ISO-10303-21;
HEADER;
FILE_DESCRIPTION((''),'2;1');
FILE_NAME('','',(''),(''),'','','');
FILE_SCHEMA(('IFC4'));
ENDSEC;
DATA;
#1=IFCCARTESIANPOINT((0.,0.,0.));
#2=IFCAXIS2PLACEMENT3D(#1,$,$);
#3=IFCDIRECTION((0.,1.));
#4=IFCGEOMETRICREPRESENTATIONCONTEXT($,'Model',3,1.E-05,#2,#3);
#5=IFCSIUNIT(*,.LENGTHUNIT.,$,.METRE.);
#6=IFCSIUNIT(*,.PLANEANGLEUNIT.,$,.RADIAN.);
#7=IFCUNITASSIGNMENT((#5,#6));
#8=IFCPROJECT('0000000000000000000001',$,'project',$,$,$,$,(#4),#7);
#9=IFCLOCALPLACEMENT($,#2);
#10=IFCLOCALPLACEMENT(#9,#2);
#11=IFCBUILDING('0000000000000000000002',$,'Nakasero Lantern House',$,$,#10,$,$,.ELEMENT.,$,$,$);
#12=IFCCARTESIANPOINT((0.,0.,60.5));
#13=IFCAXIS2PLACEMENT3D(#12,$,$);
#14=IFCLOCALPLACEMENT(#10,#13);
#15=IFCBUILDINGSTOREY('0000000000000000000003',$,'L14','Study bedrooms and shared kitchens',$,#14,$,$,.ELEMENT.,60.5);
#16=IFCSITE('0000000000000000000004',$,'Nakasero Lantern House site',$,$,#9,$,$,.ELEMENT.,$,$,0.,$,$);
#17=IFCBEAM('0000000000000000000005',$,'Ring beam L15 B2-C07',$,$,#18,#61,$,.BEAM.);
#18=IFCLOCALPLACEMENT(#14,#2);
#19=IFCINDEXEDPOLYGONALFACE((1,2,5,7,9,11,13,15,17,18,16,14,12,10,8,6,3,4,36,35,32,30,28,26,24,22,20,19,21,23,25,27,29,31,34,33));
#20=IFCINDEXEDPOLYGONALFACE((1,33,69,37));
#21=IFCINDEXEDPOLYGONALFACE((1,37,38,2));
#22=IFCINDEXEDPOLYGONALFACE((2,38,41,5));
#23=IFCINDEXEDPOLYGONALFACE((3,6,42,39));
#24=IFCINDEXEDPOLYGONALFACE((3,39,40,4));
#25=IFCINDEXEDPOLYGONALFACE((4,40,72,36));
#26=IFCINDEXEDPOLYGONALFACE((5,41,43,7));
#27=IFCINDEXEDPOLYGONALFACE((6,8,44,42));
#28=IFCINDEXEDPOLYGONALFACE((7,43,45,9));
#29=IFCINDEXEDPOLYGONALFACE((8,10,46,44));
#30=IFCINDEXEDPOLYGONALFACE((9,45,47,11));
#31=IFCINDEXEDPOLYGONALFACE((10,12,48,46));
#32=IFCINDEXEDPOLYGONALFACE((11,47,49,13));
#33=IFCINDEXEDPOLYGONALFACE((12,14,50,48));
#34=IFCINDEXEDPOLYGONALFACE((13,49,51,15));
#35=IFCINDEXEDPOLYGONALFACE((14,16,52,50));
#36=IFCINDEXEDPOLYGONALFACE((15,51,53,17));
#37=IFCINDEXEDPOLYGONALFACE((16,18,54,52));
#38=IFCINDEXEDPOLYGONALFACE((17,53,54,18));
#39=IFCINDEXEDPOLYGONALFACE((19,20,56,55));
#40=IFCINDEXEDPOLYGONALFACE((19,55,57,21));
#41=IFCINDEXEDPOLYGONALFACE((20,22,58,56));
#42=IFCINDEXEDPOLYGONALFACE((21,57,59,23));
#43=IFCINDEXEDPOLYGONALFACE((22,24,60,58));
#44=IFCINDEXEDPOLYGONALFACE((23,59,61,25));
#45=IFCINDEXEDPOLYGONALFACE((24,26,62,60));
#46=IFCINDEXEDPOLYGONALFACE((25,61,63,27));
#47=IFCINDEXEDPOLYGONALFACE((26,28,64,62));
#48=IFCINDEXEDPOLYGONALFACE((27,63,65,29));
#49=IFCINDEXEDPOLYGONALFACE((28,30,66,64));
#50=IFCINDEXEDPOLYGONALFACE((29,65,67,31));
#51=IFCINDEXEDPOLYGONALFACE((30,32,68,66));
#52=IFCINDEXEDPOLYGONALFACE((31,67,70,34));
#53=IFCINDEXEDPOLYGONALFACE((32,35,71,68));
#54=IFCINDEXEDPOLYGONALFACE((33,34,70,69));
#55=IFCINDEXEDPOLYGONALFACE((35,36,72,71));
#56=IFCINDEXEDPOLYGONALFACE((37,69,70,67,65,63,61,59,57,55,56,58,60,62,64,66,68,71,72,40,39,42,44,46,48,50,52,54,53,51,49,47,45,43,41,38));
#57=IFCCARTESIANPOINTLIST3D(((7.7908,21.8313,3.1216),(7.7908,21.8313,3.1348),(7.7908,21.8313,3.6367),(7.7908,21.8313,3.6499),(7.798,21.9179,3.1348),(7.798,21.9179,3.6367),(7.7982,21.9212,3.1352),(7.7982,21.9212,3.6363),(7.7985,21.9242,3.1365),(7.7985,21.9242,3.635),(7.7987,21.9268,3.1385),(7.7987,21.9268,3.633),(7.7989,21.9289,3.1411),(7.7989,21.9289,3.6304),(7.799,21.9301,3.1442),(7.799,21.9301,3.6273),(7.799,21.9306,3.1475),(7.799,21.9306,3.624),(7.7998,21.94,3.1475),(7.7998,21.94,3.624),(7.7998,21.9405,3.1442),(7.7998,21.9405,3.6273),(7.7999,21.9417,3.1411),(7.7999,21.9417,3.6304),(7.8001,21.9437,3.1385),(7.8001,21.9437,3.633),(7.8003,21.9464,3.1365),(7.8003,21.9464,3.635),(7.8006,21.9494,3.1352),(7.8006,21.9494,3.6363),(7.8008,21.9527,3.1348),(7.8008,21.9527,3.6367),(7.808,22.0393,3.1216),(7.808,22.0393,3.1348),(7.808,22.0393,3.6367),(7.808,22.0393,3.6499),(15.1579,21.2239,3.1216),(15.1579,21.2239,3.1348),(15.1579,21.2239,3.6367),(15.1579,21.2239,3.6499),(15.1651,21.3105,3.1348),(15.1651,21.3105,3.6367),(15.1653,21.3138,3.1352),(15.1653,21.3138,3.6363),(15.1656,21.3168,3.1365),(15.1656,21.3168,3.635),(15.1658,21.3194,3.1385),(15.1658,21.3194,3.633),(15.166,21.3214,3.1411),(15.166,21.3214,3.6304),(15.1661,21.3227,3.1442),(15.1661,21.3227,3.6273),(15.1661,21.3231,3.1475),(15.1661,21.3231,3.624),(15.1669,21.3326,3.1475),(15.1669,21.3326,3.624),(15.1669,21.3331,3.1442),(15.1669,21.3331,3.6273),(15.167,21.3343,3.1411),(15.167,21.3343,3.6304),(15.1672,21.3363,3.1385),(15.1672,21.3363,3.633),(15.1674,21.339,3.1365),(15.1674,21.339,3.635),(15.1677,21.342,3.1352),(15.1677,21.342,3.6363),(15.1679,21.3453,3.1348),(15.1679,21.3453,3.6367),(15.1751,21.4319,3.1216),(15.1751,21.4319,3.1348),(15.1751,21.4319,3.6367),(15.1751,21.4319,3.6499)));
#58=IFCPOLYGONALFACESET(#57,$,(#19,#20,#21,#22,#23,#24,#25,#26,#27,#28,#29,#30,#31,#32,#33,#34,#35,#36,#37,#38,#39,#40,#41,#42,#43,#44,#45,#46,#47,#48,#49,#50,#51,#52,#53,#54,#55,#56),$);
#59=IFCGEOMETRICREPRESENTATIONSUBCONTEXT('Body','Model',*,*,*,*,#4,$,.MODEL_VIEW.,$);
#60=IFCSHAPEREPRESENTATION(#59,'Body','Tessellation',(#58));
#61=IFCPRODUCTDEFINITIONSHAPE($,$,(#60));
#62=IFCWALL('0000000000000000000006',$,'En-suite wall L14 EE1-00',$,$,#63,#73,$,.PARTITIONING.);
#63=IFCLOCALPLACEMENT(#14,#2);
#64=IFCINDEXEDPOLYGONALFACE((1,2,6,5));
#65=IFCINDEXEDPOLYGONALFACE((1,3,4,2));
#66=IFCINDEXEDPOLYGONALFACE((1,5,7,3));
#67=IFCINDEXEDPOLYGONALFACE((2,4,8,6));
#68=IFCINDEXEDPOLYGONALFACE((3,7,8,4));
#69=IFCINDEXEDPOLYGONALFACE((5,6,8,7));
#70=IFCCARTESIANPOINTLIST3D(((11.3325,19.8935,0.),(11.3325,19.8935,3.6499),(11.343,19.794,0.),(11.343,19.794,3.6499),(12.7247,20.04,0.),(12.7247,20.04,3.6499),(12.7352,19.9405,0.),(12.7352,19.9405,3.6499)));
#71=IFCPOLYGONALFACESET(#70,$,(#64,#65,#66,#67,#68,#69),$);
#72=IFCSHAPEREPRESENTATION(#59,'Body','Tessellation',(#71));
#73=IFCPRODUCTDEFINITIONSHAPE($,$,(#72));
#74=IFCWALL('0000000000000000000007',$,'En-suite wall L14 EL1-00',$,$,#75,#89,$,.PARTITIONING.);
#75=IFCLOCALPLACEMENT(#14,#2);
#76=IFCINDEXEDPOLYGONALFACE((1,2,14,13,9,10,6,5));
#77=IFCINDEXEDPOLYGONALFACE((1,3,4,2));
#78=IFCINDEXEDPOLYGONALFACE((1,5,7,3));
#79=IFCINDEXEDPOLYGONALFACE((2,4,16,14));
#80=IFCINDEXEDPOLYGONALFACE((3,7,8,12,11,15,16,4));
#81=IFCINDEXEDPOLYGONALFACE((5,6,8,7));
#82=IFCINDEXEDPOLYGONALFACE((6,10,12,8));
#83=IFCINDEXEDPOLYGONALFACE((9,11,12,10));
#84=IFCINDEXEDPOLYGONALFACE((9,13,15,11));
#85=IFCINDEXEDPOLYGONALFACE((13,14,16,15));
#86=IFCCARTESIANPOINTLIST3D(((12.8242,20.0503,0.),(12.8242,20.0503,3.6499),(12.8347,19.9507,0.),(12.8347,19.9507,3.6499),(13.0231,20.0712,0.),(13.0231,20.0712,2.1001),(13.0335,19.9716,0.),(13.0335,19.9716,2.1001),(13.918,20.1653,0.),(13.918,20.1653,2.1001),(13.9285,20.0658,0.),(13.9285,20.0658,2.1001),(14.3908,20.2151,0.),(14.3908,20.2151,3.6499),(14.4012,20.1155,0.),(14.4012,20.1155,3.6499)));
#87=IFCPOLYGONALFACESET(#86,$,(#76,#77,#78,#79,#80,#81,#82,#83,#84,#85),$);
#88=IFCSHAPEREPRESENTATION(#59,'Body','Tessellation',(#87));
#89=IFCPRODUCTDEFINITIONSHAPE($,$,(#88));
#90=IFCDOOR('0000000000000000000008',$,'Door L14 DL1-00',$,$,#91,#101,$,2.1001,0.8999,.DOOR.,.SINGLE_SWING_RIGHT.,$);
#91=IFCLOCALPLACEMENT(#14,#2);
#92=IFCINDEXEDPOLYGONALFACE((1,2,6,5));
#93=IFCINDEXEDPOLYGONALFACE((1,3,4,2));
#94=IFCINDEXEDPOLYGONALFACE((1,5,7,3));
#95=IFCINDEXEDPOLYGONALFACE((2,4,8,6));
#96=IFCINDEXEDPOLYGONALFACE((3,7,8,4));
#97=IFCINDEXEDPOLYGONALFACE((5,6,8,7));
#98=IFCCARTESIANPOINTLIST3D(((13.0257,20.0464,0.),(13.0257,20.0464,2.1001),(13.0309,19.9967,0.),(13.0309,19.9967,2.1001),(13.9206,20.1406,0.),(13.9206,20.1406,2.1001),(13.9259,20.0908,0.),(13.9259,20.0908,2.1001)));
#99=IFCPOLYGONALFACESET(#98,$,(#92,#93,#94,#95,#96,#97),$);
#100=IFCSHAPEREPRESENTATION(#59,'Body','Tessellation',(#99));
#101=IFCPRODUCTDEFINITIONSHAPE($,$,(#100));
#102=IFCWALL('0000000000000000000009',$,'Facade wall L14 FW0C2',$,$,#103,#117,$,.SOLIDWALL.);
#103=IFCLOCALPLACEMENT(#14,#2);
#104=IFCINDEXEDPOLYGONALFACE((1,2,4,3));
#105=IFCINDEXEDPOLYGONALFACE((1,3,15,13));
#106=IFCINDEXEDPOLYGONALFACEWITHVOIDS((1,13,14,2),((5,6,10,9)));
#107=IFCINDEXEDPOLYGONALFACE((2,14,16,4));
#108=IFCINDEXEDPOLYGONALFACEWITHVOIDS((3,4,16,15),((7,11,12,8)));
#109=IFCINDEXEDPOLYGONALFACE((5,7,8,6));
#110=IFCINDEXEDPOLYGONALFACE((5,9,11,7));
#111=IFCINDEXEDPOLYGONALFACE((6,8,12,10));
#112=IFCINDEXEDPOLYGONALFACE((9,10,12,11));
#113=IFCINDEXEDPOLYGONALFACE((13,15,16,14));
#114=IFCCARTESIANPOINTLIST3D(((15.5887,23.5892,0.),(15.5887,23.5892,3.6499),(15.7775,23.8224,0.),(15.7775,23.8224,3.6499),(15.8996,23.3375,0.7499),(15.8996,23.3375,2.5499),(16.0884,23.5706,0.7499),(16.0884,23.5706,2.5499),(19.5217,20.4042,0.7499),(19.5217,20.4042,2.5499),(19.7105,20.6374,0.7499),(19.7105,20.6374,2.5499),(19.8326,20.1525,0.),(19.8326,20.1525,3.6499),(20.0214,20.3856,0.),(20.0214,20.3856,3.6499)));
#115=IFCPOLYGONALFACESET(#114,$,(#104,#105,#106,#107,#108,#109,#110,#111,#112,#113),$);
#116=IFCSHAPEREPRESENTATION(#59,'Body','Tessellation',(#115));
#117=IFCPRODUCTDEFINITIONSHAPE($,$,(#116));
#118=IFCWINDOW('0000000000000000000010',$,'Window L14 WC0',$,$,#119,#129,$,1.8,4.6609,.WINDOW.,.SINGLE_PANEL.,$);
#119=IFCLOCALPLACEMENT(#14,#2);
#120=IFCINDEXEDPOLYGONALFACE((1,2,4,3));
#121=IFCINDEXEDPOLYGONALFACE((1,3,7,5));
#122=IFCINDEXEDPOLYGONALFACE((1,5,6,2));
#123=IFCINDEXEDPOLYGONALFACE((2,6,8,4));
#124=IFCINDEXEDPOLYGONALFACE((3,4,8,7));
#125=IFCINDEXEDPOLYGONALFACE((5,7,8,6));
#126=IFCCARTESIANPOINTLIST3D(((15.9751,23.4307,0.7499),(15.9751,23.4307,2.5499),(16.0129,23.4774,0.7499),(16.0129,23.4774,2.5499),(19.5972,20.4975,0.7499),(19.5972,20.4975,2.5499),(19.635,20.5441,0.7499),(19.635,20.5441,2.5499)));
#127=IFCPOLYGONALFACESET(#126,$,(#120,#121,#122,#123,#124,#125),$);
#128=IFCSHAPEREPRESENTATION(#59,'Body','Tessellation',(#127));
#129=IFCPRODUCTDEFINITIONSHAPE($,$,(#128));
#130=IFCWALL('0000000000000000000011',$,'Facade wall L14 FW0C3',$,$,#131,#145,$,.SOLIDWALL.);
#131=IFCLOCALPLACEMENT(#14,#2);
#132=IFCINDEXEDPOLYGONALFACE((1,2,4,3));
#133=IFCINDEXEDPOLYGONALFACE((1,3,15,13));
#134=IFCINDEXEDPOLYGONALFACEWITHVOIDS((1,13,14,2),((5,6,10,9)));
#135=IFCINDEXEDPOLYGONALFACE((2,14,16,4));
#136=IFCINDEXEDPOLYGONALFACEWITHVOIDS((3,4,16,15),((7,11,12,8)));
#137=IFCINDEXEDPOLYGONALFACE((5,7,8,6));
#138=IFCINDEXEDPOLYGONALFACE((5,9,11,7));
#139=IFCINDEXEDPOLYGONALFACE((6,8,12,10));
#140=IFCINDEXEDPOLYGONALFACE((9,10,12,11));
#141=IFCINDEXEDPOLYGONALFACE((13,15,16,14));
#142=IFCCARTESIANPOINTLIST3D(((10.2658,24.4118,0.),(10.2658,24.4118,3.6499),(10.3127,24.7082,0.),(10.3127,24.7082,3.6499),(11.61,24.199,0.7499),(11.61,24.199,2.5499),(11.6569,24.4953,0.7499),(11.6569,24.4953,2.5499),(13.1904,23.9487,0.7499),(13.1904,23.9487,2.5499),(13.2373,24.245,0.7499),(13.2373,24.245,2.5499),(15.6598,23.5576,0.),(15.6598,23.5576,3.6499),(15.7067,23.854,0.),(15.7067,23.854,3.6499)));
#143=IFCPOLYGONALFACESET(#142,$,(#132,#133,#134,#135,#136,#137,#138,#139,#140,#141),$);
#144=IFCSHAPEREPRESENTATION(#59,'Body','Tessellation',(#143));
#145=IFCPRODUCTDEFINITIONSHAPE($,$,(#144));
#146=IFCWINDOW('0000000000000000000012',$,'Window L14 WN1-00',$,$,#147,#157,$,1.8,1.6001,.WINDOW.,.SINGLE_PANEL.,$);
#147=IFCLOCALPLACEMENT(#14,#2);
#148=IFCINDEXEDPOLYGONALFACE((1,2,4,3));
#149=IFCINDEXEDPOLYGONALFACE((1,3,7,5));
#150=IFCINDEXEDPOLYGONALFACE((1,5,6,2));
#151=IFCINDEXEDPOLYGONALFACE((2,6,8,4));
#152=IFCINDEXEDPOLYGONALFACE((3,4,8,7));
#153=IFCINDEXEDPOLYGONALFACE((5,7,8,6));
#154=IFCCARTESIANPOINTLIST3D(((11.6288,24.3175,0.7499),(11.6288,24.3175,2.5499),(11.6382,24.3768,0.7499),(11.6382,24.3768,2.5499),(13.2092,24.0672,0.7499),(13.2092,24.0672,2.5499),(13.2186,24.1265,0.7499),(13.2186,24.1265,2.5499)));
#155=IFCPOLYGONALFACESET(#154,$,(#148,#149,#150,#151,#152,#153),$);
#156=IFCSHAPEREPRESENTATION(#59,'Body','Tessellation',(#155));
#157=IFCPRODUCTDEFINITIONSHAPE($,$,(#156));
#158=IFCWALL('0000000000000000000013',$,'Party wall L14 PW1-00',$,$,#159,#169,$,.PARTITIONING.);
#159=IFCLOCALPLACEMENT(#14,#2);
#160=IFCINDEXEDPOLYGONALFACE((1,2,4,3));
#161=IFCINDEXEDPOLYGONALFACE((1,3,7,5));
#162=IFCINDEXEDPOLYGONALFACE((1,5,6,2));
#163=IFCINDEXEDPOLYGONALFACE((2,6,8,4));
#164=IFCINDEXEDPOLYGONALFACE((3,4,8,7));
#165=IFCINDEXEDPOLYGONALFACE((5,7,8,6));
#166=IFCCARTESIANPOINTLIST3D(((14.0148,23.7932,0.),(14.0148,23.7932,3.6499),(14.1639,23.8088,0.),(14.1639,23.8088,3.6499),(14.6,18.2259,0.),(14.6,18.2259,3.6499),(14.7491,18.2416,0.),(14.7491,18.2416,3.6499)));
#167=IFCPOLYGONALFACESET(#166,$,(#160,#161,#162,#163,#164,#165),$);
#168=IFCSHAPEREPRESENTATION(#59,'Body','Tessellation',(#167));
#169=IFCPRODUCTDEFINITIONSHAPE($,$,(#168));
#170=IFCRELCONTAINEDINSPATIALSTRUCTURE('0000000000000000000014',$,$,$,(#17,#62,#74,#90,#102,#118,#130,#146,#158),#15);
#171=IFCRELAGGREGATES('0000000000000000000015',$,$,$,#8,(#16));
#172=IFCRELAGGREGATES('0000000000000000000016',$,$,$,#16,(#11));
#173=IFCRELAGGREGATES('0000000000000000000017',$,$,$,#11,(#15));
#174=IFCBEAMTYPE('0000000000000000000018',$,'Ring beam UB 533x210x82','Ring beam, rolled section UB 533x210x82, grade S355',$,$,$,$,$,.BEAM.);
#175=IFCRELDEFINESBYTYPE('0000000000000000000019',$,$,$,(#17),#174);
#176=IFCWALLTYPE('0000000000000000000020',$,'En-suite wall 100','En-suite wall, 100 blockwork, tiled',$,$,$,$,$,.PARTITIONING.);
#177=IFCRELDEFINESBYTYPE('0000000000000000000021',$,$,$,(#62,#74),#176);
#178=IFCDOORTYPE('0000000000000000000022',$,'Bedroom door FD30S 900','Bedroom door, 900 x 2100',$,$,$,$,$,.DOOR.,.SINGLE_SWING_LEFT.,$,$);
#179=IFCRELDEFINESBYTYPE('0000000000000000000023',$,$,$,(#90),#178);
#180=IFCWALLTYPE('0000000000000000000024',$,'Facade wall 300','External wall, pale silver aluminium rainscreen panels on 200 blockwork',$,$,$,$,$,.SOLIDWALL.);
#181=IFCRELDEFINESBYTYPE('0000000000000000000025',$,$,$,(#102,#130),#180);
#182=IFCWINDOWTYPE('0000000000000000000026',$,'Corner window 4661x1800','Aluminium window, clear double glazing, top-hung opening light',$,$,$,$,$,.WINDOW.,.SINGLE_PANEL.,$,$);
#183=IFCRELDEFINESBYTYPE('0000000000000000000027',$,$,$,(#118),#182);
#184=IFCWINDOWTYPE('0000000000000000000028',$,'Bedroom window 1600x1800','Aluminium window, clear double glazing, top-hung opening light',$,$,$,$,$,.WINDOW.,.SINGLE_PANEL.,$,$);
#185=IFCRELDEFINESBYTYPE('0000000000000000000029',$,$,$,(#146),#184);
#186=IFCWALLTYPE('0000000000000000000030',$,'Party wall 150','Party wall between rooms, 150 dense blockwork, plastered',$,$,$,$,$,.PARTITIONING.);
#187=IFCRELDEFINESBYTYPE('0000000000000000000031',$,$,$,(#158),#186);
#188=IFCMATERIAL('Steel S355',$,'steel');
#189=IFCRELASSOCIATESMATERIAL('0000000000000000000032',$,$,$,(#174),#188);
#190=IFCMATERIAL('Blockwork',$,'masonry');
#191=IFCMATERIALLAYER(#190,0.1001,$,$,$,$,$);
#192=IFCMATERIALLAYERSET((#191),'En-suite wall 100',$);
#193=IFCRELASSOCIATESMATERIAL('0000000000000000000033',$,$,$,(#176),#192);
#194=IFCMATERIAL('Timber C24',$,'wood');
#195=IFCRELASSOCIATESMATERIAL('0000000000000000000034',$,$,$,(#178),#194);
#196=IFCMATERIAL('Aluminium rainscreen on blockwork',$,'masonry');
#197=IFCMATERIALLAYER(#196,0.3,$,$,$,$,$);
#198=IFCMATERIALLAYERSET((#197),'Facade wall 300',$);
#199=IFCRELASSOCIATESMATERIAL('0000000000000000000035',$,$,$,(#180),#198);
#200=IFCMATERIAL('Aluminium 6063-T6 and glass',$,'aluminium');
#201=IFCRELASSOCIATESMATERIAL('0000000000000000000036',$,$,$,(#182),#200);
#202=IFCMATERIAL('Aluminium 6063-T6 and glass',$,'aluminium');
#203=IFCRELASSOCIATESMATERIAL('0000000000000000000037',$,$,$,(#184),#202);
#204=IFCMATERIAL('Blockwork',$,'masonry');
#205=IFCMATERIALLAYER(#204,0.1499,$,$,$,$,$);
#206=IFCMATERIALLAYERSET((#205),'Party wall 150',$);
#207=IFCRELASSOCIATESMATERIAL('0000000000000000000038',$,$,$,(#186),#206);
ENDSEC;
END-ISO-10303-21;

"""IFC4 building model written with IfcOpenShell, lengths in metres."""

from ifc_helpers import new_model, si_unit, direction, frame, frame_2d, origin, origin_2d, place, context, subcontext, project, spatial, rectangle, i_section, extrude, material, layer, layer_set, material_profile, profile_set, type_object, element, fill, save


model = new_model("IFC4")

# Units and contexts
model_context = context("Model", 3, precision=1e-05, world=origin(), true_north=direction((0.0, 1.0)))
body_context = subcontext(model_context, "Body", "Model", "MODEL_VIEW")
ifc_project = project(units=[si_unit("LENGTHUNIT", "METRE"), si_unit("PLANEANGLEUNIT", "RADIAN")], contexts=[model_context])

# Site, building, storey
site_placement = place(None, origin())
site = spatial("IfcSite", under=ifc_project, at=site_placement, Name="Nakasero Lantern House site", CompositionType="ELEMENT", RefElevation=0.0)
building_placement = place(site_placement, origin())
building = spatial("IfcBuilding", under=site, at=building_placement, Name="Nakasero Lantern House", CompositionType="ELEMENT")
storey_placement = place(building_placement, frame((0.0, 0.0, 60.5)))
storey = spatial("IfcBuildingStorey", under=building, at=storey_placement, Name="L14", Description="Study bedrooms and shared kitchens", CompositionType="ELEMENT", Elevation=60.5)

# Beam
ifc_material_1 = material(Name="Steel S355", Category="steel")
ifc_material_profile_1 = material_profile(ifc_material_1, i_section(OverallWidth=0.2087, OverallDepth=0.5283, WebThickness=0.0095, FlangeThickness=0.0132, FilletRadius=0.0127, at=origin_2d()), Name="UB 533x210x82")
ifc_profile_set_1 = profile_set([ifc_material_profile_1], Name="Steel S355")
beam_type_1 = type_object("IfcBeamType", Name="Ring beam UB 533x210x82", Description="Ring beam, rolled section UB 533x210x82, grade S355", PredefinedType="BEAM", material=ifc_profile_set_1)
beam_1_placement = place(storey_placement, frame((15.1665, 21.3279, 3.3857), z_axis=(-0.996618, 0.082171, 0.0), x_axis=(-0.082171, -0.996618, 0.0)))
element("IfcBeam", 1, at=beam_1_placement, inside=storey, type_object=beam_type_1, Name="Ring beam L15 B2-C07", PredefinedType="BEAM", context=body_context, shape_type="SweptSolid", body=[
    extrude(i_section(OverallWidth=0.2087, OverallDepth=0.5283, WebThickness=0.0095, FlangeThickness=0.0132, FilletRadius=0.0127, at=origin_2d()), origin(), (0.0, 0.0, 1.0), 7.3921),
])

# Wall
ifc_material_2 = material(Name="Blockwork", Category="masonry")
ifc_layer_1 = layer(ifc_material_2, 0.1001)
ifc_layer_set_1 = layer_set([ifc_layer_1], Name="En-suite wall 100")
wall_type_1 = type_object("IfcWallType", Name="En-suite wall 100", Description="En-suite wall, 100 blockwork, tiled", PredefinedType="PARTITIONING", material=ifc_layer_set_1)
wall_1_placement = place(storey_placement, frame((12.73, 19.9902, 0.0), z_axis=(0.0, 0.0, 1.0), x_axis=(-0.994511, -0.10463, 0.0)))
element("IfcWall", 2, at=wall_1_placement, inside=storey, type_object=wall_type_1, Name="En-suite wall L14 EE1-00", PredefinedType="PARTITIONING", context=body_context, shape_type="SweptSolid", body=[
    extrude(rectangle(XDim=1.3999, YDim=0.1001, at=frame_2d((0.7, 0.0))), origin(), (0.0, 0.0, 1.0), 3.6499),
])

# Wall, opening, door
wall_2_placement = place(storey_placement, frame((14.396, 20.1653, 0.0), z_axis=(0.0, 0.0, 1.0), x_axis=(-0.994513, -0.104612, 0.0)))
wall_2 = element("IfcWall", 3, at=wall_2_placement, inside=storey, type_object=wall_type_1, Name="En-suite wall L14 EL1-00", PredefinedType="PARTITIONING", context=body_context, shape_type="SweptSolid", body=[
    extrude(rectangle(XDim=1.5752, YDim=0.1001, at=frame_2d((0.7876, 0.0))), origin(), (0.0, 0.0, 1.0), 3.6499),
])
opening_1_placement = place(wall_2_placement, frame((0.4753, 0.0, 0.0)))
opening_1 = element("IfcOpeningElement", 4, at=opening_1_placement, cuts=wall_2, PredefinedType="OPENING", context=body_context, shape_type="SweptSolid", body=[
    extrude(rectangle(XDim=0.8999, YDim=2.1001, at=frame_2d((0.45, 1.05))), frame((0.0, 0.0701, 0.0), z_axis=(0.0, -1.0, 0.0), x_axis=(1.0, 0.0, 0.0)), (0.0, 0.0, 1.0), 0.1401),
])
ifc_material_3 = material(Name="Timber C24", Category="wood")
door_type_1 = type_object("IfcDoorType", Name="Bedroom door FD30S 900", Description="Bedroom door, 900 x 2100", OperationType="SINGLE_SWING_LEFT", PredefinedType="DOOR", material=ifc_material_3)
door_1_placement = place(opening_1_placement, origin())
door_1 = element("IfcDoor", 5, at=door_1_placement, inside=storey, type_object=door_type_1, Name="Door L14 DL1-00", OperationType="SINGLE_SWING_RIGHT", OverallHeight=2.1001, OverallWidth=0.8999, PredefinedType="DOOR", context=body_context, shape_type="SweptSolid", body=[
    extrude(rectangle(XDim=0.8999, YDim=2.1001, at=frame_2d((0.45, 1.05))), frame((0.0, 0.0249, 0.0), z_axis=(0.0, -1.0, 0.0), x_axis=(1.0, 0.0, 0.0)), (0.0, 0.0, 1.0), 0.05),
])
fill(opening_1, door_1)

# Walls, openings, windows
ifc_material_4 = material(Name="Aluminium rainscreen on blockwork", Category="masonry")
ifc_layer_2 = layer(ifc_material_4, 0.3)
ifc_layer_set_2 = layer_set([ifc_layer_2], Name="Facade wall 300")
wall_type_2 = type_object("IfcWallType", Name="Facade wall 300", Description="External wall, pale silver aluminium rainscreen panels on 200 blockwork", PredefinedType="SOLIDWALL", material=ifc_layer_set_2)
wall_3_placement = place(storey_placement, frame((19.927, 20.269, 0.0), z_axis=(0.0, 0.0, 1.0), x_axis=(-0.777135, 0.629335, 0.0)))
wall_3 = element("IfcWall", 6, at=wall_3_placement, inside=storey, type_object=wall_type_2, Name="Facade wall L14 FW0C2", PredefinedType="SOLIDWALL", context=body_context, shape_type="SweptSolid", body=[
    extrude(rectangle(XDim=5.4609, YDim=0.3, at=frame_2d((2.7305, 0.0))), origin(), (0.0, 0.0, 1.0), 3.6499),
])
opening_2_placement = place(wall_3_placement, frame((0.3999, 0.0, 0.75)))
opening_2 = element("IfcOpeningElement", 7, at=opening_2_placement, cuts=wall_3, PredefinedType="OPENING", context=body_context, shape_type="SweptSolid", body=[
    extrude(rectangle(XDim=4.6609, YDim=1.8, at=frame_2d((2.3306, 0.8999))), frame((0.0, 0.1699, 0.0), z_axis=(0.0, -1.0, 0.0), x_axis=(1.0, 0.0, 0.0)), (0.0, 0.0, 1.0), 0.3401),
])
ifc_material_5 = material(Name="Aluminium 6063-T6 and glass", Category="aluminium")
window_type_1 = type_object("IfcWindowType", Name="Corner window 4661x1800", Description="Aluminium window, clear double glazing, top-hung opening light", PartitioningType="SINGLE_PANEL", PredefinedType="WINDOW", material=ifc_material_5)
window_1_placement = place(opening_2_placement, origin())
window_1 = element("IfcWindow", 8, at=window_1_placement, inside=storey, type_object=window_type_1, Name="Window L14 WC0", OverallHeight=1.8, OverallWidth=4.6609, PartitioningType="SINGLE_PANEL", PredefinedType="WINDOW", context=body_context, shape_type="SweptSolid", body=[
    extrude(rectangle(XDim=4.6609, YDim=1.8, at=frame_2d((2.3306, 0.8999))), frame((0.0, 0.03, 0.0), z_axis=(0.0, -1.0, 0.0), x_axis=(1.0, 0.0, 0.0)), (0.0, 0.0, 1.0), 0.0601),
])
fill(opening_2, window_1)
wall_4_placement = place(storey_placement, frame((15.6831, 23.7058, 0.0), z_axis=(0.0, 0.0, 1.0), x_axis=(-0.987691, 0.156419, 0.0)))
wall_4 = element("IfcWall", 9, at=wall_4_placement, inside=storey, type_object=wall_type_2, Name="Facade wall L14 FW0C3", PredefinedType="SOLIDWALL", context=body_context, shape_type="SweptSolid", body=[
    extrude(rectangle(XDim=5.4612, YDim=0.3, at=frame_2d((2.7305, 0.0))), origin(), (0.0, 0.0, 1.0), 3.6499),
])
opening_3_placement = place(wall_4_placement, frame((2.5, 0.0, 0.75)))
opening_3 = element("IfcOpeningElement", 10, at=opening_3_placement, cuts=wall_4, PredefinedType="OPENING", context=body_context, shape_type="SweptSolid", body=[
    extrude(rectangle(XDim=1.6001, YDim=1.8, at=frame_2d((0.8, 0.8999))), frame((0.0, 0.1699, 0.0), z_axis=(0.0, -1.0, 0.0), x_axis=(1.0, 0.0, 0.0)), (0.0, 0.0, 1.0), 0.3401),
])
ifc_material_6 = material(Name="Aluminium 6063-T6 and glass", Category="aluminium")
window_type_2 = type_object("IfcWindowType", Name="Bedroom window 1600x1800", Description="Aluminium window, clear double glazing, top-hung opening light", PartitioningType="SINGLE_PANEL", PredefinedType="WINDOW", material=ifc_material_6)
window_2_placement = place(opening_3_placement, origin())
window_2 = element("IfcWindow", 11, at=window_2_placement, inside=storey, type_object=window_type_2, Name="Window L14 WN1-00", OverallHeight=1.8, OverallWidth=1.6001, PartitioningType="SINGLE_PANEL", PredefinedType="WINDOW", context=body_context, shape_type="SweptSolid", body=[
    extrude(rectangle(XDim=1.6001, YDim=1.8, at=frame_2d((0.8, 0.8999))), frame((0.0, 0.03, 0.0), z_axis=(0.0, -1.0, 0.0), x_axis=(1.0, 0.0, 0.0)), (0.0, 0.0, 1.0), 0.0601),
])
fill(opening_3, window_2)

# Wall
ifc_material_7 = material(Name="Blockwork", Category="masonry")
ifc_layer_3 = layer(ifc_material_7, 0.1499)
ifc_layer_set_3 = layer_set([ifc_layer_3], Name="Party wall 150")
wall_type_3 = type_object("IfcWallType", Name="Party wall 150", Description="Party wall between rooms, 150 dense blockwork, plastered", PredefinedType="PARTITIONING", material=ifc_layer_set_3)
wall_5_placement = place(storey_placement, frame((14.6746, 18.2339, 0.0), z_axis=(0.0, 0.0, 1.0), x_axis=(-0.104542, 0.99452, 0.0)))
element("IfcWall", 12, at=wall_5_placement, inside=storey, type_object=wall_type_3, Name="Party wall L14 PW1-00", PredefinedType="PARTITIONING", context=body_context, shape_type="SweptSolid", body=[
    extrude(rectangle(XDim=5.5979, YDim=0.1499, at=frame_2d((2.7988, 0.0))), origin(), (0.0, 0.0, 1.0), 3.6499),
])

save(model, "model.ifc")
